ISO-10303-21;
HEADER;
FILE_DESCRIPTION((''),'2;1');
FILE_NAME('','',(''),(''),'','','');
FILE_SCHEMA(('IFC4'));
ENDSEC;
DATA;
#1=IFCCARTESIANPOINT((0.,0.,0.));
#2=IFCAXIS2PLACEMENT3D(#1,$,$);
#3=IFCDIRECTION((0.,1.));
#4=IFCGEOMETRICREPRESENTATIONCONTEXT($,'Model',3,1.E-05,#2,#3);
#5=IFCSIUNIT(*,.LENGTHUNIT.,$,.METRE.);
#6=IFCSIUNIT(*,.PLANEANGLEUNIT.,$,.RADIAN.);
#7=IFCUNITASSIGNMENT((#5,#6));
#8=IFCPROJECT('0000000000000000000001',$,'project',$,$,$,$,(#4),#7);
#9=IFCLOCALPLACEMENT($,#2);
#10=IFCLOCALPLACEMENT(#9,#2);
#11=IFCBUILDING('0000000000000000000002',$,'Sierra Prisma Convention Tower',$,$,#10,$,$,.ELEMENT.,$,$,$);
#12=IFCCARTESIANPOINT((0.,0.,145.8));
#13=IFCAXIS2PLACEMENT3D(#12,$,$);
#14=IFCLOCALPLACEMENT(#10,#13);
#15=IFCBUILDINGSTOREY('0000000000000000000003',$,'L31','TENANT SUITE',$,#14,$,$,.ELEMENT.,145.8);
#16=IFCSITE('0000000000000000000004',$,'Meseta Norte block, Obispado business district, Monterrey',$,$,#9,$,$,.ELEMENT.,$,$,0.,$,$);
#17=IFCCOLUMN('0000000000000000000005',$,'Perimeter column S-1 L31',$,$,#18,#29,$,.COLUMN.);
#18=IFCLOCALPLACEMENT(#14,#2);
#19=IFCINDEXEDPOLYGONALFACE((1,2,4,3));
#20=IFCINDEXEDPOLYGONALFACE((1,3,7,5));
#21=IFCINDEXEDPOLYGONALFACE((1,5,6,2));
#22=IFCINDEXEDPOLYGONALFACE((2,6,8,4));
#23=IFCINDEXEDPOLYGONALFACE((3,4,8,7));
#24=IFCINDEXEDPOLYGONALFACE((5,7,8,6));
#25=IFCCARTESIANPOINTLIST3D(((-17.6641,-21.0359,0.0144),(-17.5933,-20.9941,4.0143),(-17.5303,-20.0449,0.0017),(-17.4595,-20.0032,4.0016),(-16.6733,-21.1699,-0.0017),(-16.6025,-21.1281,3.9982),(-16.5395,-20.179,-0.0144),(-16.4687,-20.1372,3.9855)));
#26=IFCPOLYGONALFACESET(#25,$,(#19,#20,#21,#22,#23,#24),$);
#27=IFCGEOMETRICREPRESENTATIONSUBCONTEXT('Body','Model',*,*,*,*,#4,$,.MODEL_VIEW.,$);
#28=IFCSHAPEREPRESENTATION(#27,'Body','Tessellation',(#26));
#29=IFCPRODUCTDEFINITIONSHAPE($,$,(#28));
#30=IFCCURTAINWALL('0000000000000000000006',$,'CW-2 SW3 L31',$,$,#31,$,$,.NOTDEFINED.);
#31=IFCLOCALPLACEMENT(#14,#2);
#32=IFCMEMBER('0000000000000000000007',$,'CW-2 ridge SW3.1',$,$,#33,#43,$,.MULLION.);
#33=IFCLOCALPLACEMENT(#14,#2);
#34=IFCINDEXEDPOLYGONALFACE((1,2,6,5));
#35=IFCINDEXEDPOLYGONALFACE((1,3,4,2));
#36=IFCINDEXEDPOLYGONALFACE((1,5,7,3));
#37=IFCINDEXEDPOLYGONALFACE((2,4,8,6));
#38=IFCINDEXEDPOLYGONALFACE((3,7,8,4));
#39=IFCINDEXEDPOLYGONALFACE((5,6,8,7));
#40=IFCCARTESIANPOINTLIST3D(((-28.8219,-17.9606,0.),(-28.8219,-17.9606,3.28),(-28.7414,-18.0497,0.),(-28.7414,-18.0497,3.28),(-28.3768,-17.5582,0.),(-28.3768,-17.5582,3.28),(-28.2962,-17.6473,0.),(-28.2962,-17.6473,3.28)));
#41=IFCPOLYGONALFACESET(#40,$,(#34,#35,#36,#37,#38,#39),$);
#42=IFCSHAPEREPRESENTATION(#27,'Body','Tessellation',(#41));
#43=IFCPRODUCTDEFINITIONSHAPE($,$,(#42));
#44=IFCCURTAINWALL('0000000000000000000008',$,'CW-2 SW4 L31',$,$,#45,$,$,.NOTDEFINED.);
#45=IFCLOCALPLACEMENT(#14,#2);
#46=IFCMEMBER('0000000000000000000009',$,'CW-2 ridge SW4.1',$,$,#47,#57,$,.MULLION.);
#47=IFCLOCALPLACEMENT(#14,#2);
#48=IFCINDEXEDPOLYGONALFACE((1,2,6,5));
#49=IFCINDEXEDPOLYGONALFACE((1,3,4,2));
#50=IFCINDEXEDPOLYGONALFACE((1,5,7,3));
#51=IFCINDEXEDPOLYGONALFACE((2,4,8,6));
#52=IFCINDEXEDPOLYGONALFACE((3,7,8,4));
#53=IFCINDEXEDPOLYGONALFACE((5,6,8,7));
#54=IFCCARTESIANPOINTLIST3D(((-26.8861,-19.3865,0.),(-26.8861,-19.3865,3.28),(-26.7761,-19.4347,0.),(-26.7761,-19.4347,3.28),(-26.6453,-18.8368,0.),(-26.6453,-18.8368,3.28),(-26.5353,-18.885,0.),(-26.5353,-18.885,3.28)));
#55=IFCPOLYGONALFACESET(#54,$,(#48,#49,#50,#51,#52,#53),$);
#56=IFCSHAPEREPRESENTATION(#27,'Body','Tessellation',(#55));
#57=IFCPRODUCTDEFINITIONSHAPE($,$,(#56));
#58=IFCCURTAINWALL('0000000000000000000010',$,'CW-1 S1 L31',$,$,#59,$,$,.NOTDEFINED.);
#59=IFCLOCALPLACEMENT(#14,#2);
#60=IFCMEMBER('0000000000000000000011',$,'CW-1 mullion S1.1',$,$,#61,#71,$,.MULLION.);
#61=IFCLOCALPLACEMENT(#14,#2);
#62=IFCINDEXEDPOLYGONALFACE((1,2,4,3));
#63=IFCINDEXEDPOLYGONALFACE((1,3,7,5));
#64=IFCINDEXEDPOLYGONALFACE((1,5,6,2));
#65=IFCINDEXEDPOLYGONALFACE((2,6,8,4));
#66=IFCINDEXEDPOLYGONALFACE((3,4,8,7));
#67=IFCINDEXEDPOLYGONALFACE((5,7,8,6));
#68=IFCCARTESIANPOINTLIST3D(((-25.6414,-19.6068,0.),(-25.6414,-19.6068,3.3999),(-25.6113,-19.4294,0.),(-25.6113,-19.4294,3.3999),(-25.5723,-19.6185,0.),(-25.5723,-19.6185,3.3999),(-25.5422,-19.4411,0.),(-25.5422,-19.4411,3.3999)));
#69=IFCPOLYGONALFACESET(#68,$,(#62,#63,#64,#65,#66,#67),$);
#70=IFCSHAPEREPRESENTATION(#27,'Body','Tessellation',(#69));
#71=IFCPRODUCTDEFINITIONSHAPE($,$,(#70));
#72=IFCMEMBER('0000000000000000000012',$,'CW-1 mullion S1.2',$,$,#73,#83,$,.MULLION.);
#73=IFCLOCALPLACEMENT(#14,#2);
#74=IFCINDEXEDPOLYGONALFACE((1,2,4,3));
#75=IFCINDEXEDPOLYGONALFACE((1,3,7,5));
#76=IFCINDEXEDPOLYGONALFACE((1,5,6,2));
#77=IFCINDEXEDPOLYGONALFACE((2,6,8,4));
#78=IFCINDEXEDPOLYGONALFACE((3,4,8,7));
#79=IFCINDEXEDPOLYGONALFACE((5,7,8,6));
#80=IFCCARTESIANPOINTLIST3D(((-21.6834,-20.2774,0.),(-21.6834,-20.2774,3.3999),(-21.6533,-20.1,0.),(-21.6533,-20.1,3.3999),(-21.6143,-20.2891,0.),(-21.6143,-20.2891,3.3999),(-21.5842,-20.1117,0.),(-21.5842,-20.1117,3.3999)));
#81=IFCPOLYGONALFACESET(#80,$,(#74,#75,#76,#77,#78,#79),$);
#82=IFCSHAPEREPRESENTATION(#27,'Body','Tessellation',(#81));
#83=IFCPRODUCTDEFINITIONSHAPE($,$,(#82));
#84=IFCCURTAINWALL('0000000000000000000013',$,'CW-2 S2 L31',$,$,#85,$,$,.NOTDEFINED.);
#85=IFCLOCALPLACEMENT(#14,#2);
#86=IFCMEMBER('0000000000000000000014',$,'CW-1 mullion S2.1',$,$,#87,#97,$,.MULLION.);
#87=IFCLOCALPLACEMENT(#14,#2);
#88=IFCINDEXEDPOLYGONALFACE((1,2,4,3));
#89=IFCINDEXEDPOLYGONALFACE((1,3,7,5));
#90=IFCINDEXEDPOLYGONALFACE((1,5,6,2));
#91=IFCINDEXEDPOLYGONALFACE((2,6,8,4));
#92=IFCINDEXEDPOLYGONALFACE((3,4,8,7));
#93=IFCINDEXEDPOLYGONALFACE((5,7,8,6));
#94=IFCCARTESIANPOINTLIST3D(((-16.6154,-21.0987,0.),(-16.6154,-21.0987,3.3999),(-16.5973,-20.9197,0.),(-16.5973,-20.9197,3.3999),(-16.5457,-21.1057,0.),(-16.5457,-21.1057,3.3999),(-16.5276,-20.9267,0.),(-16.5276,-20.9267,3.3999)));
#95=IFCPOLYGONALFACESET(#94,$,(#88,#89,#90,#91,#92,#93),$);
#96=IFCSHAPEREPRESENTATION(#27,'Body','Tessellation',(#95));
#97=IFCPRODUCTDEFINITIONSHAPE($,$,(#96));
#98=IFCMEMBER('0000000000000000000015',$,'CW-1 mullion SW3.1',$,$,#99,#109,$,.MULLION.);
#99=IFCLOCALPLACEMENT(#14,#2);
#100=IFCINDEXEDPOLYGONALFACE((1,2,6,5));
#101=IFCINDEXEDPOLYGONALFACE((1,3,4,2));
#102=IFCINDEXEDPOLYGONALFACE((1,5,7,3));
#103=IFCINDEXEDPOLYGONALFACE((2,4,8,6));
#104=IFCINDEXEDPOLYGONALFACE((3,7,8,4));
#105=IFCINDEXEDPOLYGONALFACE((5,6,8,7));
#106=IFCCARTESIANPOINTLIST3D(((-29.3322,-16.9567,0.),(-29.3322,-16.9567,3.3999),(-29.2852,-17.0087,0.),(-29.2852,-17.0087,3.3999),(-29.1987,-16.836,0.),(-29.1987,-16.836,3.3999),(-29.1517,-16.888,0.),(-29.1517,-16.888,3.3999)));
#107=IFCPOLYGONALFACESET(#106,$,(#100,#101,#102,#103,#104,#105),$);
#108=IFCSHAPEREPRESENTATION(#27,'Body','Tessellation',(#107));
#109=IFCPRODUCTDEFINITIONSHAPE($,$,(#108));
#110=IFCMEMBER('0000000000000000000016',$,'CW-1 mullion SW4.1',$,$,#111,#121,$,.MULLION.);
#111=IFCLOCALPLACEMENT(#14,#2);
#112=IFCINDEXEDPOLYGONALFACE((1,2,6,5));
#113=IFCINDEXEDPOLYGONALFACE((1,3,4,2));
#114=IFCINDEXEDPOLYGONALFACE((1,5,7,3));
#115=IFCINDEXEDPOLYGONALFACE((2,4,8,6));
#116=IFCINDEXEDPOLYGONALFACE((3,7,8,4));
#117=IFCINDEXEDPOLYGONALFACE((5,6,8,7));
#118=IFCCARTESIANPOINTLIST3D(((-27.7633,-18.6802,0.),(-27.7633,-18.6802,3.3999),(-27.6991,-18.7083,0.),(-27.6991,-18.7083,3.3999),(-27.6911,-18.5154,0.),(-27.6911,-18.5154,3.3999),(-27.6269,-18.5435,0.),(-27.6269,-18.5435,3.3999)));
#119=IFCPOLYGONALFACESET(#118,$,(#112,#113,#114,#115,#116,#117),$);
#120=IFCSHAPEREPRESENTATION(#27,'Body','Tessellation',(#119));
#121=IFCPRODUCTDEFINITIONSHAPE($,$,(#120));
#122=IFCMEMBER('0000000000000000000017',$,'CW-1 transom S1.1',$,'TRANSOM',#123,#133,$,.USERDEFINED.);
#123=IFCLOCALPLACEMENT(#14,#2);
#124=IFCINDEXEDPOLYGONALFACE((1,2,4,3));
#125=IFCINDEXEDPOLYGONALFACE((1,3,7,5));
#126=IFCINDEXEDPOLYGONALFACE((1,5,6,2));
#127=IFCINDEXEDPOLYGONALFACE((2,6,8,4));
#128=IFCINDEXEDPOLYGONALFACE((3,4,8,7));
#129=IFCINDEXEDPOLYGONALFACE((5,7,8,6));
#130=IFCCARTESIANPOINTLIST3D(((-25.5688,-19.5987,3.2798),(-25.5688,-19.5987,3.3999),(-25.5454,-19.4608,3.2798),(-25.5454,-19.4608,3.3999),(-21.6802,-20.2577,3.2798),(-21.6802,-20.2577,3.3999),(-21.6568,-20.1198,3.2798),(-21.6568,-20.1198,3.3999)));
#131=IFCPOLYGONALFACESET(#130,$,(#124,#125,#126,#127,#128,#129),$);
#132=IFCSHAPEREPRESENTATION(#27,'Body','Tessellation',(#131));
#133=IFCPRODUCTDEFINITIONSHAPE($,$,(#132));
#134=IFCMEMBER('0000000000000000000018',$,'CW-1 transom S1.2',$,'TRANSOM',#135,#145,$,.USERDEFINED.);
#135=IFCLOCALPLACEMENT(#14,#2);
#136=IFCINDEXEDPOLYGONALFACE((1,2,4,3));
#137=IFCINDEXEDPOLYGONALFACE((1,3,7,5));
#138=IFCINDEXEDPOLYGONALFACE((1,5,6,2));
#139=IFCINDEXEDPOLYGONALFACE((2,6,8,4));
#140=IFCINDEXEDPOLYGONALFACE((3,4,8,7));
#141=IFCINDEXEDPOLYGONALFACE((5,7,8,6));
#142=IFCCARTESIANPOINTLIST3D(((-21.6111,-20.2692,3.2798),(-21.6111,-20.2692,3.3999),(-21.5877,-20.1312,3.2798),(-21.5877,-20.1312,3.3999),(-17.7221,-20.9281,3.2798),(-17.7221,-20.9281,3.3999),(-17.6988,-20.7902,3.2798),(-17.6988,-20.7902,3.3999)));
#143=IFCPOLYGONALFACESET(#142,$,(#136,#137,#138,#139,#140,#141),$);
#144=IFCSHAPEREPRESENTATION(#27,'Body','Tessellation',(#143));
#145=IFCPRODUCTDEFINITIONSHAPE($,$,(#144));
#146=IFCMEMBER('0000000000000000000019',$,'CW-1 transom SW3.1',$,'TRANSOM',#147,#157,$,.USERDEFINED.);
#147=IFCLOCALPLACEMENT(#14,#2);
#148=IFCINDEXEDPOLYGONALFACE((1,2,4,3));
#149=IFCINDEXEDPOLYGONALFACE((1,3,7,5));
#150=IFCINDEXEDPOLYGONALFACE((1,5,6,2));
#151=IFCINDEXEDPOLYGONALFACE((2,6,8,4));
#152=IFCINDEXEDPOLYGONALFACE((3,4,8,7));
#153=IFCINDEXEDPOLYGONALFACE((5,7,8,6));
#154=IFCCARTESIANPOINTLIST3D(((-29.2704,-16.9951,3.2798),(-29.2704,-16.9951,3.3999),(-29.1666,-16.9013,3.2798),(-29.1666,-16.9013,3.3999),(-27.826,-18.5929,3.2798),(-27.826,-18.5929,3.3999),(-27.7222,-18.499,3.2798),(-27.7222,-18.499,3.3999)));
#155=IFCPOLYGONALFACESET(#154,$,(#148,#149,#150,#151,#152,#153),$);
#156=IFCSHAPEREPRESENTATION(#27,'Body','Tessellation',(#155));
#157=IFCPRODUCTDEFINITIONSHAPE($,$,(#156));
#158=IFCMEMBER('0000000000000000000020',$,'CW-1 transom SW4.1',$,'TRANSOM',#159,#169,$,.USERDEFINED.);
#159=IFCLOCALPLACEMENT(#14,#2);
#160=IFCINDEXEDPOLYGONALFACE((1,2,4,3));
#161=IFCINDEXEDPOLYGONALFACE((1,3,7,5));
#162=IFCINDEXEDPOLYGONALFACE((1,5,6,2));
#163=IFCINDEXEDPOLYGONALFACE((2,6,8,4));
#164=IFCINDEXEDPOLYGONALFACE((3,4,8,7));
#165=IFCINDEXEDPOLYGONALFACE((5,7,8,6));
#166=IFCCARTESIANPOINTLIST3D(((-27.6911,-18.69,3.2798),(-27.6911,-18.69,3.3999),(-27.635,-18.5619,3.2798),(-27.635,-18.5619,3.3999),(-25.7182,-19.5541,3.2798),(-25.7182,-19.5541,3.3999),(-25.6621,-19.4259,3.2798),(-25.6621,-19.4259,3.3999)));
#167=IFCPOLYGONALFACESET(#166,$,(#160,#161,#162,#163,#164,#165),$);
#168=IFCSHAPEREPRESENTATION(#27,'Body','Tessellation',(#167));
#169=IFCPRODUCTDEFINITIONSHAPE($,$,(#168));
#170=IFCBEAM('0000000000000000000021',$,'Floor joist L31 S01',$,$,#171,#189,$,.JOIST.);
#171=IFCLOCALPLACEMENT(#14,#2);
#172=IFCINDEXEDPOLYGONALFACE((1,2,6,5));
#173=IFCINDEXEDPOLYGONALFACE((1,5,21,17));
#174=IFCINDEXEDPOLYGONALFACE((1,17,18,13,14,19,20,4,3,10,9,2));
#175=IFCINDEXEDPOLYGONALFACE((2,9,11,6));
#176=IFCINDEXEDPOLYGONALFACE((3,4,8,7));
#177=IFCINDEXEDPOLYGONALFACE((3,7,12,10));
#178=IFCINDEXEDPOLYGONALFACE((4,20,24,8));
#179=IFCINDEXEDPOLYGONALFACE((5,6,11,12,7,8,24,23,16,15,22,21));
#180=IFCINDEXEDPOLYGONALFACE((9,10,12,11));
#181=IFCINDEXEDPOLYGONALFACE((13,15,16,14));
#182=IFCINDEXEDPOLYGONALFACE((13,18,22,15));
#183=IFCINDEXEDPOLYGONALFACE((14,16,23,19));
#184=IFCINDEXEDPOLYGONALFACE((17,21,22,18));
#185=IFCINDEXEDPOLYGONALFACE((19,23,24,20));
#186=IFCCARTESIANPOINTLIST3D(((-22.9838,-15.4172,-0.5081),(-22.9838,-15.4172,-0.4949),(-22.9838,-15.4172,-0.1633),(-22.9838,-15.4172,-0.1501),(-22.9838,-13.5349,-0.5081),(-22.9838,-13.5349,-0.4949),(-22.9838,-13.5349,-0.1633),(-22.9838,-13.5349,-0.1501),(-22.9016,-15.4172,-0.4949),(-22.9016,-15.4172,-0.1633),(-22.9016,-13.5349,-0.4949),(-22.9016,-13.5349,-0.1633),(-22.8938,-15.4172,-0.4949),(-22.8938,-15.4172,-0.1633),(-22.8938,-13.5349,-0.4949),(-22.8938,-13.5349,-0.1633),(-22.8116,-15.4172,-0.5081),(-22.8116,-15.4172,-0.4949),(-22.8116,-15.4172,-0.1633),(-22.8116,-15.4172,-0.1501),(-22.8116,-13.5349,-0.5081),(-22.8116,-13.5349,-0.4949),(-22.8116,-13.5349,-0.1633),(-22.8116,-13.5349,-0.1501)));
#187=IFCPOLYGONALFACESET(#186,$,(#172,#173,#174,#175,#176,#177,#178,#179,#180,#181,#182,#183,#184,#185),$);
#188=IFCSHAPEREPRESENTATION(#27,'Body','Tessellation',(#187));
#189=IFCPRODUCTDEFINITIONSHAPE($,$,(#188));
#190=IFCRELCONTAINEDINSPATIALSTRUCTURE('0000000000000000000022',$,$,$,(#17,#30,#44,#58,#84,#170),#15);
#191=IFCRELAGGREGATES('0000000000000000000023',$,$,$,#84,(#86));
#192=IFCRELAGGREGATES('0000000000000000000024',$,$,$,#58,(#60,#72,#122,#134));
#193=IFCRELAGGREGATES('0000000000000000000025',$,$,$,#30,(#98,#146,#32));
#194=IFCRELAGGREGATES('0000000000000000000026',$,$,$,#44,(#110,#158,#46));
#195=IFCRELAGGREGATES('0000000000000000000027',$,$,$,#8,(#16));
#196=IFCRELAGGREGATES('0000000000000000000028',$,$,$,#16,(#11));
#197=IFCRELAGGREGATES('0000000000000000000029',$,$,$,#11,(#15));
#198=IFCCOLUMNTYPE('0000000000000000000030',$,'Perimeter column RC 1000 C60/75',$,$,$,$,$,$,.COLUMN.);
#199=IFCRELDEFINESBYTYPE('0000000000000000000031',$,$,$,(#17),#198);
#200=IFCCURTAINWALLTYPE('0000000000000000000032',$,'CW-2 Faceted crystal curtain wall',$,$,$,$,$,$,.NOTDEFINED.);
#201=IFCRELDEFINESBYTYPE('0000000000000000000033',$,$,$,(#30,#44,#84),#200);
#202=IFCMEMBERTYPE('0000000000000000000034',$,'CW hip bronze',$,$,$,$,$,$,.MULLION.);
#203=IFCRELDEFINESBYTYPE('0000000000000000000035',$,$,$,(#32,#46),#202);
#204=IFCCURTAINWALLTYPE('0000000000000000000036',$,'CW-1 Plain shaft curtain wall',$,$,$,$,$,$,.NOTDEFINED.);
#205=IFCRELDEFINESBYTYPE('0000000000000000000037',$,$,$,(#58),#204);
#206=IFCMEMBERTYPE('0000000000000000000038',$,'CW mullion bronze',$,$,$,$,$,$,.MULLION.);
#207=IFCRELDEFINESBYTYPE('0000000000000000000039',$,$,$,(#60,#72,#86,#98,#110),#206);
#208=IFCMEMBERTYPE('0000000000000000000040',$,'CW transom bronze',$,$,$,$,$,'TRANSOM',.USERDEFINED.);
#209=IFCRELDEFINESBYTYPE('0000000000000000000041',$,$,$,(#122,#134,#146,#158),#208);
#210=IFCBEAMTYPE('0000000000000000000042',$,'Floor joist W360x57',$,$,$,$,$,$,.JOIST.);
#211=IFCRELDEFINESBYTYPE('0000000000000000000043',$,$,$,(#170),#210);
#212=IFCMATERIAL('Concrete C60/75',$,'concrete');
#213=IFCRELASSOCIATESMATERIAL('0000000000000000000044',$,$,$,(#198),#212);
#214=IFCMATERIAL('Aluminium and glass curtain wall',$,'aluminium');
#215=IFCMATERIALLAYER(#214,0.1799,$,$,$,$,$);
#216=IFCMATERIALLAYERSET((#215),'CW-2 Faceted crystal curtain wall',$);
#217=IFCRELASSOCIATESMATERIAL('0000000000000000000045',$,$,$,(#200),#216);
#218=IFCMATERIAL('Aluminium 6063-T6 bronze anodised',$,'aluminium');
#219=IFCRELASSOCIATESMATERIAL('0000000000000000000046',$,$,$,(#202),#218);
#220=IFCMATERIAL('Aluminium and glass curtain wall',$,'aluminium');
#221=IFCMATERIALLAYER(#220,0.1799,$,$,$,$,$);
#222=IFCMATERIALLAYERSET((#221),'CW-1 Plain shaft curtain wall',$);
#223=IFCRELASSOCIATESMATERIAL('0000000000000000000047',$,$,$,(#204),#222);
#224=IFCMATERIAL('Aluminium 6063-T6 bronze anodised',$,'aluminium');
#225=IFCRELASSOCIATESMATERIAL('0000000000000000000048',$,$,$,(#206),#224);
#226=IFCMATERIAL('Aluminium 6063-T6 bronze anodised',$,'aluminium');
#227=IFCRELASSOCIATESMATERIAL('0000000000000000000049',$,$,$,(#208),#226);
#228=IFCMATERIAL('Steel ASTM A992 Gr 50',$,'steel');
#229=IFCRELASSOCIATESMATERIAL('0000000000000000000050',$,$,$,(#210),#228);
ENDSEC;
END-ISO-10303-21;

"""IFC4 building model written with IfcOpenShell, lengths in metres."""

from ifc_helpers import new_model, si_unit, direction, frame, origin, origin_2d, place, context, subcontext, project, spatial, rectangle, i_section, extrude, material, layer, layer_set, material_profile, profile_set, type_object, element, aggregate, save


model = new_model("IFC4")

# Units and contexts
model_context = context("Model", 3, precision=1e-05, world=origin(), true_north=direction((0.0, 1.0)))
body_context = subcontext(model_context, "Body", "Model", "MODEL_VIEW")
ifc_project = project(units=[si_unit("LENGTHUNIT", "METRE"), si_unit("PLANEANGLEUNIT", "RADIAN")], contexts=[model_context])

# Site, building, storey
site_placement = place(None, origin())
site = spatial("IfcSite", under=ifc_project, at=site_placement, Name="Meseta Norte block, Obispado business district, Monterrey", CompositionType="ELEMENT", RefElevation=0.0)
building_placement = place(site_placement, origin())
building = spatial("IfcBuilding", under=site, at=building_placement, Name="Sierra Prisma Convention Tower", CompositionType="ELEMENT")
storey_placement = place(building_placement, frame((0.0, 0.0, 145.8)))
storey = spatial("IfcBuildingStorey", under=building, at=storey_placement, Name="L31", Description="TENANT SUITE", CompositionType="ELEMENT", Elevation=145.8)

# Column
ifc_material_1 = material(Name="Concrete C60/75", Category="concrete")
ifc_material_profile_1 = material_profile(ifc_material_1, rectangle(XDim=1.0, YDim=1.0, at=origin_2d()), Name="Perimeter column RC 1000 C60/75")
ifc_profile_set_1 = profile_set([ifc_material_profile_1], Name="Concrete C60/75")
column_type = type_object("IfcColumnType", Name="Perimeter column RC 1000 C60/75", PredefinedType="COLUMN", material=ifc_profile_set_1)
column_placement = place(storey_placement, frame((-17.1018, -20.6074, 0.0), z_axis=(0.017696, 0.010435, 0.999789), x_axis=(-0.990847, 0.134024, 0.016139)))
element("IfcColumn", 1, at=column_placement, inside=storey, type_object=column_type, Name="Perimeter column S-1 L31", PredefinedType="COLUMN", context=body_context, shape_type="SweptSolid", body=[
    extrude(rectangle(XDim=1.0, YDim=1.0, at=origin_2d()), origin(), (0.0, 0.0, 1.0), 4.0007),
])

# Curtain walls, members
ifc_material_2 = material(Name="Aluminium and glass curtain wall", Category="aluminium")
ifc_layer_1 = layer(ifc_material_2, 0.1799)
ifc_layer_set_1 = layer_set([ifc_layer_1], Name="CW-2 Faceted crystal curtain wall")
curtain_wall_type_1 = type_object("IfcCurtainWallType", Name="CW-2 Faceted crystal curtain wall", PredefinedType="NOTDEFINED", material=ifc_layer_set_1)
curtain_wall_1_placement = place(storey_placement, origin())
curtain_wall_1 = element("IfcCurtainWall", 2, at=curtain_wall_1_placement, inside=storey, type_object=curtain_wall_type_1, Name="CW-2 SW3 L31", PredefinedType="NOTDEFINED")
ifc_material_3 = material(Name="Aluminium 6063-T6 bronze anodised", Category="aluminium")
ifc_material_profile_2 = material_profile(ifc_material_3, rectangle(XDim=0.1201, YDim=0.6001, at=origin_2d()), Name="ALU RIDGE BLADE 120x600")
ifc_profile_set_2 = profile_set([ifc_material_profile_2], Name="Aluminium 6063-T6 bronze anodised")
member_type_1 = type_object("IfcMemberType", Name="CW hip bronze", PredefinedType="MULLION", material=ifc_profile_set_2)
member_1_placement = place(storey_placement, frame((-28.5591, -17.804, 0.0), z_axis=(0.0, 0.0, 1.0), x_axis=(0.670627, -0.741795, 0.0)))
member_1 = element("IfcMember", 3, at=member_1_placement, type_object=member_type_1, Name="CW-2 ridge SW3.1", PredefinedType="MULLION", context=body_context, shape_type="SweptSolid", body=[
    extrude(rectangle(XDim=0.1201, YDim=0.6001, at=origin_2d()), origin(), (0.0, 0.0, 1.0), 3.28),
])
curtain_wall_2_placement = place(storey_placement, origin())
curtain_wall_2 = element("IfcCurtainWall", 4, at=curtain_wall_2_placement, inside=storey, type_object=curtain_wall_type_1, Name="CW-2 SW4 L31", PredefinedType="NOTDEFINED")
member_2_placement = place(storey_placement, frame((-26.7107, -19.1357, 0.0), z_axis=(0.0, 0.0, 1.0), x_axis=(0.915988, -0.401205, 0.0)))
member_2 = element("IfcMember", 5, at=member_2_placement, type_object=member_type_1, Name="CW-2 ridge SW4.1", PredefinedType="MULLION", context=body_context, shape_type="SweptSolid", body=[
    extrude(rectangle(XDim=0.1201, YDim=0.6001, at=origin_2d()), origin(), (0.0, 0.0, 1.0), 3.28),
])

# Curtain wall, members
ifc_material_4 = material(Name="Aluminium and glass curtain wall", Category="aluminium")
ifc_layer_2 = layer(ifc_material_4, 0.1799)
ifc_layer_set_2 = layer_set([ifc_layer_2], Name="CW-1 Plain shaft curtain wall")
curtain_wall_type_2 = type_object("IfcCurtainWallType", Name="CW-1 Plain shaft curtain wall", PredefinedType="NOTDEFINED", material=ifc_layer_set_2)
curtain_wall_3_placement = place(storey_placement, origin())
curtain_wall_3 = element("IfcCurtainWall", 6, at=curtain_wall_3_placement, inside=storey, type_object=curtain_wall_type_2, Name="CW-1 S1 L31", PredefinedType="NOTDEFINED")
ifc_material_5 = material(Name="Aluminium 6063-T6 bronze anodised", Category="aluminium")
ifc_material_profile_3 = material_profile(ifc_material_5, rectangle(XDim=0.1799, YDim=0.0701, at=origin_2d()), Name="ALU MULLION 70x180")
ifc_profile_set_3 = profile_set([ifc_material_profile_3], Name="Aluminium 6063-T6 bronze anodised")
member_type_2 = type_object("IfcMemberType", Name="CW mullion bronze", PredefinedType="MULLION", material=ifc_profile_set_3)
member_3_placement = place(storey_placement, frame((-25.5918, -19.5239, 0.0), z_axis=(0.0, 0.0, 1.0), x_axis=(0.167027, 0.985952, 0.0)))
member_3 = element("IfcMember", 7, at=member_3_placement, type_object=member_type_2, Name="CW-1 mullion S1.1", PredefinedType="MULLION", context=body_context, shape_type="SweptSolid", body=[
    extrude(rectangle(XDim=0.1799, YDim=0.0701, at=origin_2d()), origin(), (0.0, 0.0, 1.0), 3.3999),
])
member_4_placement = place(storey_placement, frame((-21.6338, -20.1946, 0.0), z_axis=(0.0, 0.0, 1.0), x_axis=(0.167027, 0.985952, 0.0)))
member_4 = element("IfcMember", 8, at=member_4_placement, type_object=member_type_2, Name="CW-1 mullion S1.2", PredefinedType="MULLION", context=body_context, shape_type="SweptSolid", body=[
    extrude(rectangle(XDim=0.1799, YDim=0.0701, at=origin_2d()), origin(), (0.0, 0.0, 1.0), 3.3999),
])

# Curtain wall, member
curtain_wall_4_placement = place(storey_placement, origin())
curtain_wall_4 = element("IfcCurtainWall", 9, at=curtain_wall_4_placement, inside=storey, type_object=curtain_wall_type_1, Name="CW-2 S2 L31", PredefinedType="NOTDEFINED")
member_5_placement = place(storey_placement, frame((-16.5715, -21.0127, 0.0), z_axis=(0.0, 0.0, 1.0), x_axis=(0.100518, 0.994935, 0.0)))
member_5 = element("IfcMember", 10, at=member_5_placement, type_object=member_type_2, Name="CW-1 mullion S2.1", PredefinedType="MULLION", context=body_context, shape_type="SweptSolid", body=[
    extrude(rectangle(XDim=0.1799, YDim=0.0701, at=origin_2d()), origin(), (0.0, 0.0, 1.0), 3.3999),
])
aggregate(curtain_wall_4, [member_5])

# Members
member_6_placement = place(storey_placement, frame((-29.2419, -16.9224, 0.0), z_axis=(0.0, 0.0, 1.0), x_axis=(0.741795, 0.670627, 0.0)))
member_6 = element("IfcMember", 11, at=member_6_placement, type_object=member_type_2, Name="CW-1 mullion SW3.1", PredefinedType="MULLION", context=body_context, shape_type="SweptSolid", body=[
    extrude(rectangle(XDim=0.1799, YDim=0.0701, at=origin_2d()), origin(), (0.0, 0.0, 1.0), 3.3999),
])
member_7_placement = place(storey_placement, frame((-27.6951, -18.6118, 0.0), z_axis=(0.0, 0.0, 1.0), x_axis=(0.401205, 0.915988, 0.0)))
member_7 = element("IfcMember", 12, at=member_7_placement, type_object=member_type_2, Name="CW-1 mullion SW4.1", PredefinedType="MULLION", context=body_context, shape_type="SweptSolid", body=[
    extrude(rectangle(XDim=0.1799, YDim=0.0701, at=origin_2d()), origin(), (0.0, 0.0, 1.0), 3.3999),
])
ifc_material_6 = material(Name="Aluminium 6063-T6 bronze anodised", Category="aluminium")
ifc_material_profile_4 = material_profile(ifc_material_6, rectangle(XDim=0.1399, YDim=0.1201, at=origin_2d()), Name="ALU TRANSOM 120x140")
ifc_profile_set_4 = profile_set([ifc_material_profile_4], Name="Aluminium 6063-T6 bronze anodised")
member_type_3 = type_object("IfcMemberType", Name="CW transom bronze", ElementType="TRANSOM", PredefinedType="USERDEFINED", material=ifc_profile_set_4)
member_8_placement = place(storey_placement, frame((-25.5571, -19.5298, 3.3398), z_axis=(0.985945, -0.167068, 0.0), x_axis=(0.167068, 0.985945, 0.0)))
member_8 = element("IfcMember", 13, at=member_8_placement, type_object=member_type_3, Name="CW-1 transom S1.1", ObjectType="TRANSOM", PredefinedType="USERDEFINED", context=body_context, shape_type="SweptSolid", body=[
    extrude(rectangle(XDim=0.1399, YDim=0.1201, at=origin_2d()), origin(), (0.0, 0.0, 1.0), 3.9441),
])
member_9_placement = place(storey_placement, frame((-21.5994, -20.2002, 3.3398), z_axis=(0.985947, -0.167058, 0.0), x_axis=(0.167058, 0.985947, 0.0)))
member_9 = element("IfcMember", 14, at=member_9_placement, type_object=member_type_3, Name="CW-1 transom S1.2", ObjectType="TRANSOM", PredefinedType="USERDEFINED", context=body_context, shape_type="SweptSolid", body=[
    extrude(rectangle(XDim=0.1399, YDim=0.1201, at=origin_2d()), origin(), (0.0, 0.0, 1.0), 3.9443),
])
member_10_placement = place(storey_placement, frame((-29.2185, -16.9482, 3.3398), z_axis=(0.670616, -0.741804, 0.0), x_axis=(0.741804, 0.670616, 0.0)))
member_10 = element("IfcMember", 15, at=member_10_placement, type_object=member_type_3, Name="CW-1 transom SW3.1", ObjectType="TRANSOM", PredefinedType="USERDEFINED", context=body_context, shape_type="SweptSolid", body=[
    extrude(rectangle(XDim=0.1399, YDim=0.1201, at=origin_2d()), origin(), (0.0, 0.0, 1.0), 2.1538),
])
member_11_placement = place(storey_placement, frame((-27.6631, -18.626, 3.3398), z_axis=(0.916009, -0.401158, 0.0), x_axis=(0.401158, 0.916009, 0.0)))
member_11 = element("IfcMember", 16, at=member_11_placement, type_object=member_type_3, Name="CW-1 transom SW4.1", ObjectType="TRANSOM", PredefinedType="USERDEFINED", context=body_context, shape_type="SweptSolid", body=[
    extrude(rectangle(XDim=0.1399, YDim=0.1201, at=origin_2d()), origin(), (0.0, 0.0, 1.0), 2.1538),
])

# Beam
ifc_material_7 = material(Name="Steel ASTM A992 Gr 50", Category="steel")
ifc_material_profile_5 = material_profile(ifc_material_7, i_section(OverallWidth=0.1721, OverallDepth=0.3579, WebThickness=0.0078, FlangeThickness=0.0132, at=origin_2d()), Name="W360x57")
ifc_profile_set_5 = profile_set([ifc_material_profile_5], Name="Steel ASTM A992 Gr 50")
beam_type_1 = type_object("IfcBeamType", Name="Floor joist W360x57", PredefinedType="JOIST", material=ifc_profile_set_5)
beam_1_placement = place(storey_placement, frame((-22.8977, -15.4172, -0.3291), z_axis=(0.0, 1.0, 0.0), x_axis=(-1.0, 0.0, 0.0)))
element("IfcBeam", 17, at=beam_1_placement, inside=storey, type_object=beam_type_1, Name="Floor joist L31 S01", PredefinedType="JOIST", context=body_context, shape_type="SweptSolid", body=[
    extrude(i_section(OverallWidth=0.1721, OverallDepth=0.3579, WebThickness=0.0078, FlangeThickness=0.0132, at=origin_2d()), origin(), (0.0, 0.0, 1.0), 1.8823),
])

aggregate(curtain_wall_3, [member_3, member_4, member_8, member_9])

aggregate(curtain_wall_1, [member_6, member_10, member_1])
aggregate(curtain_wall_2, [member_7, member_11, member_2])

save(model, "model.ifc")
